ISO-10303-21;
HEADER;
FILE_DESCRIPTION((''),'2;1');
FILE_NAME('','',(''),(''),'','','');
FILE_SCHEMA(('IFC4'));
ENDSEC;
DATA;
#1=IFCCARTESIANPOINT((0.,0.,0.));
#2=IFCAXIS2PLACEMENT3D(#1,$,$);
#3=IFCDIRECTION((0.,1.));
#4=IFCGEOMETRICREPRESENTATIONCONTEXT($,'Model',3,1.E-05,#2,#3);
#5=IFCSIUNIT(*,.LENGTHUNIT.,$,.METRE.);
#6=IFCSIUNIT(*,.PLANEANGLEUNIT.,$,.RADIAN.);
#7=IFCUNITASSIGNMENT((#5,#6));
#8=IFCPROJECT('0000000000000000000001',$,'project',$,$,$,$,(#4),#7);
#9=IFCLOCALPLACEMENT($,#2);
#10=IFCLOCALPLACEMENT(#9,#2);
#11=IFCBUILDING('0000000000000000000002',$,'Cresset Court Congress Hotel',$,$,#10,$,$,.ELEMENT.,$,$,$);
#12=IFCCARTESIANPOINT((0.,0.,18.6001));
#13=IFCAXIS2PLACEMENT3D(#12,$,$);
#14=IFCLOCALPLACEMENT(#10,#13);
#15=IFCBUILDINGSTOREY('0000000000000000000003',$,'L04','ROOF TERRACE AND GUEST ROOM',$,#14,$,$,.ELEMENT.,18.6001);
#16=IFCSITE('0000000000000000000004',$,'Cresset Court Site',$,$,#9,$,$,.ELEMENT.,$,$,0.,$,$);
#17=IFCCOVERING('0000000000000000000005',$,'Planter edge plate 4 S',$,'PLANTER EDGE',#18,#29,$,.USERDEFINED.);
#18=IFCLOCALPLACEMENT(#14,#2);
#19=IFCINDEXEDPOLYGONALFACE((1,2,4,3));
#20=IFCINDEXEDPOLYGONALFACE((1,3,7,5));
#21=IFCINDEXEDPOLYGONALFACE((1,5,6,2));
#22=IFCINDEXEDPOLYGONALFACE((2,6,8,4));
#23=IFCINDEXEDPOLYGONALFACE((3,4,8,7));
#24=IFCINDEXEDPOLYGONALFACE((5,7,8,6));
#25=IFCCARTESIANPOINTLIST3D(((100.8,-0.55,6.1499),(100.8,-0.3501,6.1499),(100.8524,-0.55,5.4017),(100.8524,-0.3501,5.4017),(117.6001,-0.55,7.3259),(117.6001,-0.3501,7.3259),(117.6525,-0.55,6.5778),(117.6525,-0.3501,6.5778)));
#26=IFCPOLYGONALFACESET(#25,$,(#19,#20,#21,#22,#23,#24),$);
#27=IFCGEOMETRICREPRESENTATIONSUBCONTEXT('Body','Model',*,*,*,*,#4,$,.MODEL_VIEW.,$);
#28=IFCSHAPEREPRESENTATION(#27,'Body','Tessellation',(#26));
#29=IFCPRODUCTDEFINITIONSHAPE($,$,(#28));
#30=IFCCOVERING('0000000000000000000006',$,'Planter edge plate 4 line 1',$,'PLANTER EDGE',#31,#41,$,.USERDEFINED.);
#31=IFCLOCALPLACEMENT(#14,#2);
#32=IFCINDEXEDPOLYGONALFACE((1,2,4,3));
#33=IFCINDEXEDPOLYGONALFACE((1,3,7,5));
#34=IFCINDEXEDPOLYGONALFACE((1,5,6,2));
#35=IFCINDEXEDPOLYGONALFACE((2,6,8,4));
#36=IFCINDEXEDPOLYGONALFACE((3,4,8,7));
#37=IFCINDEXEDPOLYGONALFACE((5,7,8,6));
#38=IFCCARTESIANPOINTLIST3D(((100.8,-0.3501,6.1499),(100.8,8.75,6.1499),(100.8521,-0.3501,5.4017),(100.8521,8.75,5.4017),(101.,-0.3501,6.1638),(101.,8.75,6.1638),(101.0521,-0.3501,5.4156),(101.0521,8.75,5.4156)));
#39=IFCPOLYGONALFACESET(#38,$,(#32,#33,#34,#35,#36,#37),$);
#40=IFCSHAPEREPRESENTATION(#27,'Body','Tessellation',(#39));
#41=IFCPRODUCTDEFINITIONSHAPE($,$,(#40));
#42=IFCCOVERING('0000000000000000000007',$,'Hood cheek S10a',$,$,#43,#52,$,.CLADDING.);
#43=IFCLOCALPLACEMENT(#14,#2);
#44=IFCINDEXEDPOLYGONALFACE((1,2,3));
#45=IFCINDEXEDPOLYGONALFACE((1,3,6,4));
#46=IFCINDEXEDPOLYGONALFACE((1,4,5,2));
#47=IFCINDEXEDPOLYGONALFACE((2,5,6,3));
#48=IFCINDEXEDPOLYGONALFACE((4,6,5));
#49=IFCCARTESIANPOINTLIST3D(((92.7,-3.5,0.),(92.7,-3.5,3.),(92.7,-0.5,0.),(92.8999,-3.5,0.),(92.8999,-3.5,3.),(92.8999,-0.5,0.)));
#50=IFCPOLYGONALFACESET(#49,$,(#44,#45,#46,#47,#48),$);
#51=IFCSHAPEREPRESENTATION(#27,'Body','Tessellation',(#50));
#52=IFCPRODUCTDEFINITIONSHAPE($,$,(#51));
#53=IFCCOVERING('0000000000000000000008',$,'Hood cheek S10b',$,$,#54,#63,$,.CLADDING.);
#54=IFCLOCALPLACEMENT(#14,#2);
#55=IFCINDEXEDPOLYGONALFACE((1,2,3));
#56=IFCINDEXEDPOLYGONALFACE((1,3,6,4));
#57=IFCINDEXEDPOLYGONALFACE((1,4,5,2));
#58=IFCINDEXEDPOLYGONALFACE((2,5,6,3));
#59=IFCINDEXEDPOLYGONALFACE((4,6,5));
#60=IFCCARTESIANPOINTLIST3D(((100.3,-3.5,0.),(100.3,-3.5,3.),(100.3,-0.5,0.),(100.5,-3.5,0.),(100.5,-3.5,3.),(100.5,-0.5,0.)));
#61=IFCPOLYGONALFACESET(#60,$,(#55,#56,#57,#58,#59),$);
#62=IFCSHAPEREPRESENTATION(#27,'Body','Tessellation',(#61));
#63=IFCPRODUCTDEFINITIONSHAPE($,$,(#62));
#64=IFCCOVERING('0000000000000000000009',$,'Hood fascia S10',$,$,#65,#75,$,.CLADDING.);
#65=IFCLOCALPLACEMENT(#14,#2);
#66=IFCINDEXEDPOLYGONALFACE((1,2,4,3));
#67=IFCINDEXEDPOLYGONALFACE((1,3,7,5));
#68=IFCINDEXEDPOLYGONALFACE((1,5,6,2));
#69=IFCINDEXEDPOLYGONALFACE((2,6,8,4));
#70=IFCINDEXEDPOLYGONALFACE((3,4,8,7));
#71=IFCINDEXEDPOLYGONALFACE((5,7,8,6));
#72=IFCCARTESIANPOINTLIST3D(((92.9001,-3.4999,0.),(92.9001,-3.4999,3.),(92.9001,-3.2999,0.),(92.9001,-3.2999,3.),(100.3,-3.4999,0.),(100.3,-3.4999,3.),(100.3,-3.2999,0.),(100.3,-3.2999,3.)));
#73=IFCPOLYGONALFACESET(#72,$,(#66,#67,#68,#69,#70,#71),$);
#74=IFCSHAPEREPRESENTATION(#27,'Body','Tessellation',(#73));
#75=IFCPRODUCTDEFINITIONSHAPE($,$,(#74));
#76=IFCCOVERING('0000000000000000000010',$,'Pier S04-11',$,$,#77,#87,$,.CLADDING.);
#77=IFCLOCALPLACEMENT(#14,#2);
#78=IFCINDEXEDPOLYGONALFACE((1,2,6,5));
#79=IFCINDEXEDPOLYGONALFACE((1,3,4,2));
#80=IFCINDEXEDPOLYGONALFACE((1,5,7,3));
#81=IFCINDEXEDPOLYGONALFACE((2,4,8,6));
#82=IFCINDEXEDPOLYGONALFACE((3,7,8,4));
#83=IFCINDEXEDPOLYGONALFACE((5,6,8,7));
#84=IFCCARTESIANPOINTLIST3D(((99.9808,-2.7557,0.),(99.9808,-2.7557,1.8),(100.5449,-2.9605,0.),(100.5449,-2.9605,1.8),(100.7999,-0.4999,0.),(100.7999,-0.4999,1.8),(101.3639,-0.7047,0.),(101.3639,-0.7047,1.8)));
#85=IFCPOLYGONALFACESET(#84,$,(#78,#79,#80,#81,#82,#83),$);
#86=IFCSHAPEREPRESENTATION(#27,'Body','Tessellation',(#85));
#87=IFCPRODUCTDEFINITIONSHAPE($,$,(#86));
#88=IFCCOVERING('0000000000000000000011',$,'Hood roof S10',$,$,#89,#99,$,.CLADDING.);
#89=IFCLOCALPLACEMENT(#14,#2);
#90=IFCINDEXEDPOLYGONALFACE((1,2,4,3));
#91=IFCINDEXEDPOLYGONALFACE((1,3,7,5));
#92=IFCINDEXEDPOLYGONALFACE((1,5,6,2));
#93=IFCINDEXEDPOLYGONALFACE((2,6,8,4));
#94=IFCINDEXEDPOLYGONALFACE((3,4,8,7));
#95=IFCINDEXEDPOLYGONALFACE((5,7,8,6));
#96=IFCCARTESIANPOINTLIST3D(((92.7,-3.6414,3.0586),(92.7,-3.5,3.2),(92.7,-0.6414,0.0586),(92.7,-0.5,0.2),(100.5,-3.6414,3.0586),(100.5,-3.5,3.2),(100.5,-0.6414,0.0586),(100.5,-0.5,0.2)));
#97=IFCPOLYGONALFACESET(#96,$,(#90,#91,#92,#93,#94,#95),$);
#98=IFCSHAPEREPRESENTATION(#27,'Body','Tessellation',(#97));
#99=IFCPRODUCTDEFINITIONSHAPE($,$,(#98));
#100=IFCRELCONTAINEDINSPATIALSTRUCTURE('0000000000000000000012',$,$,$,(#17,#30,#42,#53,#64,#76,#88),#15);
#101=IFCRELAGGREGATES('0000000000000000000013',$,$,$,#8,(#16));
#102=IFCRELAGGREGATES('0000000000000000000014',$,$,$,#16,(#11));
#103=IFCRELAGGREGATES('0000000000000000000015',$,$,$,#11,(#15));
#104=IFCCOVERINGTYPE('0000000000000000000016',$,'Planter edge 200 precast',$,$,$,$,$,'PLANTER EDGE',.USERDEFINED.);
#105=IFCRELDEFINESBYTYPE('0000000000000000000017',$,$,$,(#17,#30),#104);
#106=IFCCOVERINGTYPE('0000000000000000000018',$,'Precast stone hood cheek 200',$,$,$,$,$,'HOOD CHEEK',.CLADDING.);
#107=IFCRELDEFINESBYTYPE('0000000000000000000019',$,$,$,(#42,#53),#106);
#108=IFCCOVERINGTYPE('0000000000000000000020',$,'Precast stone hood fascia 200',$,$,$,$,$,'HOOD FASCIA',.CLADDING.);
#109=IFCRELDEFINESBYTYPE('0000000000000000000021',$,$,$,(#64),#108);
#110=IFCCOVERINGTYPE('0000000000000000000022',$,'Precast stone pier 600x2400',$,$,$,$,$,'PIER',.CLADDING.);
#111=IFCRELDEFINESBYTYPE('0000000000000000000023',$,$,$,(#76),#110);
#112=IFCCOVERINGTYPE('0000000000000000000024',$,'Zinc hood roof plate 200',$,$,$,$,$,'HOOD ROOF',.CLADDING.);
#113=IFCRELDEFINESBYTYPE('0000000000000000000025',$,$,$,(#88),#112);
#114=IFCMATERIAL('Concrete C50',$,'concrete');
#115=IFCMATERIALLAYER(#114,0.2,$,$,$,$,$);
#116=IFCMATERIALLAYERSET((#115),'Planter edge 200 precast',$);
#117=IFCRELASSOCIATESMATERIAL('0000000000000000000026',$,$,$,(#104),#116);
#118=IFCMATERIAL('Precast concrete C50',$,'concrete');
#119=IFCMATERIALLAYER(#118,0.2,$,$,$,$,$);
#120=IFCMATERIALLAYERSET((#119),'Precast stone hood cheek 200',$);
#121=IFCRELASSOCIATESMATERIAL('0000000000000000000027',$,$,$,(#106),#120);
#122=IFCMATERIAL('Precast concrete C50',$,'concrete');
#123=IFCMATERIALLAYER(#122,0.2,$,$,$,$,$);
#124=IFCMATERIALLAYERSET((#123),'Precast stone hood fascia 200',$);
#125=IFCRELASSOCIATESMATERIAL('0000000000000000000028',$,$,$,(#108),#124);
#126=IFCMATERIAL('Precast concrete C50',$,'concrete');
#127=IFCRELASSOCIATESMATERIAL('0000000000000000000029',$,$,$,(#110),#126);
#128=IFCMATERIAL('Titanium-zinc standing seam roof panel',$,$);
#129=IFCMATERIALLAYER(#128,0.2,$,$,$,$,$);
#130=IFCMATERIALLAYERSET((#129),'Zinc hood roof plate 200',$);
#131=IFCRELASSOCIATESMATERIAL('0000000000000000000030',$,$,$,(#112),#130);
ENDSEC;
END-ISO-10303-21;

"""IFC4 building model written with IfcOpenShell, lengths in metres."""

from ifc_helpers import new_model, si_unit, direction, frame, origin, origin_2d, place, context, subcontext, project, spatial, polyline, rectangle, outline, extrude, material, layer, layer_set, type_object, element, save


model = new_model("IFC4")

# Units and contexts
model_context = context("Model", 3, precision=1e-05, world=origin(), true_north=direction((0.0, 1.0)))
body_context = subcontext(model_context, "Body", "Model", "MODEL_VIEW")
ifc_project = project(units=[si_unit("LENGTHUNIT", "METRE"), si_unit("PLANEANGLEUNIT", "RADIAN")], contexts=[model_context])

# Site, building, storey
site_placement = place(None, origin())
site = spatial("IfcSite", under=ifc_project, at=site_placement, Name="Cresset Court Site", CompositionType="ELEMENT", RefElevation=0.0)
building_placement = place(site_placement, origin())
building = spatial("IfcBuilding", under=site, at=building_placement, Name="Cresset Court Congress Hotel", CompositionType="ELEMENT")
storey_placement = place(building_placement, frame((0.0, 0.0, 18.6001)))
storey = spatial("IfcBuildingStorey", under=building, at=storey_placement, Name="L04", Description="ROOF TERRACE AND GUEST ROOM", CompositionType="ELEMENT", Elevation=18.6001)

# Coverings
ifc_material_1 = material(Name="Concrete C50", Category="concrete")
ifc_layer_1 = layer(ifc_material_1, 0.2)
ifc_layer_set_1 = layer_set([ifc_layer_1], Name="Planter edge 200 precast")
covering_type_1 = type_object("IfcCoveringType", Name="Planter edge 200 precast", ElementType="PLANTER EDGE", PredefinedType="USERDEFINED", material=ifc_layer_set_1)
covering_1_placement = place(storey_placement, frame((100.8, -0.55, 6.1499), z_axis=(-0.06983, 0.0, 0.997559), x_axis=(0.997559, 0.0, 0.06983)))
element("IfcCovering", 1, at=covering_1_placement, inside=storey, type_object=covering_type_1, Name="Planter edge plate 4 S", ObjectType="PLANTER EDGE", PredefinedType="USERDEFINED", context=body_context, shape_type="SweptSolid", body=[
    extrude(outline(polyline([(0.0, 0.0), (16.8412, 0.0), (16.8412, 0.2), (0.0, 0.2), (0.0, 0.0)])), origin(), (0.0, 0.0, -1.0), 0.75),
])
covering_2_placement = place(storey_placement, frame((100.8, -0.3501, 6.1499), z_axis=(-0.069429, 0.0, 0.997587), x_axis=(0.997587, 0.0, 0.069429)))
element("IfcCovering", 2, at=covering_2_placement, inside=storey, type_object=covering_type_1, Name="Planter edge plate 4 line 1", ObjectType="PLANTER EDGE", PredefinedType="USERDEFINED", context=body_context, shape_type="SweptSolid", body=[
    extrude(outline(polyline([(0.0, 0.0), (0.2004, 0.0), (0.2004, 9.1001), (0.0, 9.1001), (0.0, 0.0)])), origin(), (0.0, 0.0, -1.0), 0.75),
])
ifc_material_2 = material(Name="Precast concrete C50", Category="concrete")
ifc_layer_2 = layer(ifc_material_2, 0.2)
ifc_layer_set_2 = layer_set([ifc_layer_2], Name="Precast stone hood cheek 200")
covering_type_2 = type_object("IfcCoveringType", Name="Precast stone hood cheek 200", ElementType="HOOD CHEEK", PredefinedType="CLADDING", material=ifc_layer_set_2)
for number, where, z_axis, x_axis, name in (
    (3, (92.8999, -0.5, 0.0), (1.0, 0.0, 0.0), (0.0, -0.707107, 0.707107), "Hood cheek S10a"),
    (4, (100.5, -0.5, 0.0), (1.0, 0.0, 0.0), (0.0, -0.707107, 0.707107), "Hood cheek S10b"),
):
    element("IfcCovering", number, at=place(storey_placement, frame(where, z_axis=z_axis, x_axis=x_axis)), inside=storey, type_object=covering_type_2, Name=name, PredefinedType="CLADDING", context=body_context, shape_type="SweptSolid", body=[
        extrude(outline(polyline([(0.0, 0.0), (4.2426, 0.0), (2.1213, 2.1213), (0.0, 0.0)])), origin(), (0.0, 0.0, -1.0), 0.2),
    ])
ifc_material_3 = material(Name="Precast concrete C50", Category="concrete")
ifc_layer_3 = layer(ifc_material_3, 0.2)
ifc_layer_set_3 = layer_set([ifc_layer_3], Name="Precast stone hood fascia 200")
covering_type_3 = type_object("IfcCoveringType", Name="Precast stone hood fascia 200", ElementType="HOOD FASCIA", PredefinedType="CLADDING", material=ifc_layer_set_3)
covering_3_placement = place(storey_placement, frame((96.6001, -3.3999, 0.0), z_axis=(0.0, 0.0, 1.0), x_axis=(1.0, 0.0, 0.0)))
element("IfcCovering", 5, at=covering_3_placement, inside=storey, type_object=covering_type_3, Name="Hood fascia S10", PredefinedType="CLADDING", context=body_context, shape_type="SweptSolid", body=[
    extrude(rectangle(XDim=7.3999, YDim=0.2, at=origin_2d()), origin(), (0.0, 0.0, 1.0), 3.0),
])
ifc_material_4 = material(Name="Precast concrete C50", Category="concrete")
covering_type_4 = type_object("IfcCoveringType", Name="Precast stone pier 600x2400", ElementType="PIER", PredefinedType="CLADDING", material=ifc_material_4)
covering_4_placement = place(storey_placement, frame((100.6724, -1.7302, 0.0), z_axis=(0.0, 0.0, 1.0), x_axis=(0.939957, -0.341293, 0.0)))
element("IfcCovering", 6, at=covering_4_placement, inside=storey, type_object=covering_type_4, Name="Pier S04-11", PredefinedType="CLADDING", context=body_context, shape_type="SweptSolid", body=[
    extrude(rectangle(XDim=0.6001, YDim=2.3999, at=origin_2d()), origin(), (0.0, 0.0, 1.0), 1.8),
])
ifc_material_5 = material(Name="Titanium-zinc standing seam roof panel")
ifc_layer_4 = layer(ifc_material_5, 0.2)
ifc_layer_set_4 = layer_set([ifc_layer_4], Name="Zinc hood roof plate 200")
covering_type_5 = type_object("IfcCoveringType", Name="Zinc hood roof plate 200", ElementType="HOOD ROOF", PredefinedType="CLADDING", material=ifc_layer_set_4)
covering_5_placement = place(storey_placement, frame((92.7, -0.5, 0.2), z_axis=(0.0, 0.707107, 0.707107), x_axis=(1.0, 0.0, 0.0)))
element("IfcCovering", 7, at=covering_5_placement, inside=storey, type_object=covering_type_5, Name="Hood roof S10", PredefinedType="CLADDING", context=body_context, shape_type="SweptSolid", body=[
    extrude(outline(polyline([(0.0, 0.0), (7.8, 0.0), (7.8, -4.2426), (0.0, -4.2426), (0.0, 0.0)])), origin(), (0.0, 0.0, -1.0), 0.2),
])

save(model, "model.ifc")
